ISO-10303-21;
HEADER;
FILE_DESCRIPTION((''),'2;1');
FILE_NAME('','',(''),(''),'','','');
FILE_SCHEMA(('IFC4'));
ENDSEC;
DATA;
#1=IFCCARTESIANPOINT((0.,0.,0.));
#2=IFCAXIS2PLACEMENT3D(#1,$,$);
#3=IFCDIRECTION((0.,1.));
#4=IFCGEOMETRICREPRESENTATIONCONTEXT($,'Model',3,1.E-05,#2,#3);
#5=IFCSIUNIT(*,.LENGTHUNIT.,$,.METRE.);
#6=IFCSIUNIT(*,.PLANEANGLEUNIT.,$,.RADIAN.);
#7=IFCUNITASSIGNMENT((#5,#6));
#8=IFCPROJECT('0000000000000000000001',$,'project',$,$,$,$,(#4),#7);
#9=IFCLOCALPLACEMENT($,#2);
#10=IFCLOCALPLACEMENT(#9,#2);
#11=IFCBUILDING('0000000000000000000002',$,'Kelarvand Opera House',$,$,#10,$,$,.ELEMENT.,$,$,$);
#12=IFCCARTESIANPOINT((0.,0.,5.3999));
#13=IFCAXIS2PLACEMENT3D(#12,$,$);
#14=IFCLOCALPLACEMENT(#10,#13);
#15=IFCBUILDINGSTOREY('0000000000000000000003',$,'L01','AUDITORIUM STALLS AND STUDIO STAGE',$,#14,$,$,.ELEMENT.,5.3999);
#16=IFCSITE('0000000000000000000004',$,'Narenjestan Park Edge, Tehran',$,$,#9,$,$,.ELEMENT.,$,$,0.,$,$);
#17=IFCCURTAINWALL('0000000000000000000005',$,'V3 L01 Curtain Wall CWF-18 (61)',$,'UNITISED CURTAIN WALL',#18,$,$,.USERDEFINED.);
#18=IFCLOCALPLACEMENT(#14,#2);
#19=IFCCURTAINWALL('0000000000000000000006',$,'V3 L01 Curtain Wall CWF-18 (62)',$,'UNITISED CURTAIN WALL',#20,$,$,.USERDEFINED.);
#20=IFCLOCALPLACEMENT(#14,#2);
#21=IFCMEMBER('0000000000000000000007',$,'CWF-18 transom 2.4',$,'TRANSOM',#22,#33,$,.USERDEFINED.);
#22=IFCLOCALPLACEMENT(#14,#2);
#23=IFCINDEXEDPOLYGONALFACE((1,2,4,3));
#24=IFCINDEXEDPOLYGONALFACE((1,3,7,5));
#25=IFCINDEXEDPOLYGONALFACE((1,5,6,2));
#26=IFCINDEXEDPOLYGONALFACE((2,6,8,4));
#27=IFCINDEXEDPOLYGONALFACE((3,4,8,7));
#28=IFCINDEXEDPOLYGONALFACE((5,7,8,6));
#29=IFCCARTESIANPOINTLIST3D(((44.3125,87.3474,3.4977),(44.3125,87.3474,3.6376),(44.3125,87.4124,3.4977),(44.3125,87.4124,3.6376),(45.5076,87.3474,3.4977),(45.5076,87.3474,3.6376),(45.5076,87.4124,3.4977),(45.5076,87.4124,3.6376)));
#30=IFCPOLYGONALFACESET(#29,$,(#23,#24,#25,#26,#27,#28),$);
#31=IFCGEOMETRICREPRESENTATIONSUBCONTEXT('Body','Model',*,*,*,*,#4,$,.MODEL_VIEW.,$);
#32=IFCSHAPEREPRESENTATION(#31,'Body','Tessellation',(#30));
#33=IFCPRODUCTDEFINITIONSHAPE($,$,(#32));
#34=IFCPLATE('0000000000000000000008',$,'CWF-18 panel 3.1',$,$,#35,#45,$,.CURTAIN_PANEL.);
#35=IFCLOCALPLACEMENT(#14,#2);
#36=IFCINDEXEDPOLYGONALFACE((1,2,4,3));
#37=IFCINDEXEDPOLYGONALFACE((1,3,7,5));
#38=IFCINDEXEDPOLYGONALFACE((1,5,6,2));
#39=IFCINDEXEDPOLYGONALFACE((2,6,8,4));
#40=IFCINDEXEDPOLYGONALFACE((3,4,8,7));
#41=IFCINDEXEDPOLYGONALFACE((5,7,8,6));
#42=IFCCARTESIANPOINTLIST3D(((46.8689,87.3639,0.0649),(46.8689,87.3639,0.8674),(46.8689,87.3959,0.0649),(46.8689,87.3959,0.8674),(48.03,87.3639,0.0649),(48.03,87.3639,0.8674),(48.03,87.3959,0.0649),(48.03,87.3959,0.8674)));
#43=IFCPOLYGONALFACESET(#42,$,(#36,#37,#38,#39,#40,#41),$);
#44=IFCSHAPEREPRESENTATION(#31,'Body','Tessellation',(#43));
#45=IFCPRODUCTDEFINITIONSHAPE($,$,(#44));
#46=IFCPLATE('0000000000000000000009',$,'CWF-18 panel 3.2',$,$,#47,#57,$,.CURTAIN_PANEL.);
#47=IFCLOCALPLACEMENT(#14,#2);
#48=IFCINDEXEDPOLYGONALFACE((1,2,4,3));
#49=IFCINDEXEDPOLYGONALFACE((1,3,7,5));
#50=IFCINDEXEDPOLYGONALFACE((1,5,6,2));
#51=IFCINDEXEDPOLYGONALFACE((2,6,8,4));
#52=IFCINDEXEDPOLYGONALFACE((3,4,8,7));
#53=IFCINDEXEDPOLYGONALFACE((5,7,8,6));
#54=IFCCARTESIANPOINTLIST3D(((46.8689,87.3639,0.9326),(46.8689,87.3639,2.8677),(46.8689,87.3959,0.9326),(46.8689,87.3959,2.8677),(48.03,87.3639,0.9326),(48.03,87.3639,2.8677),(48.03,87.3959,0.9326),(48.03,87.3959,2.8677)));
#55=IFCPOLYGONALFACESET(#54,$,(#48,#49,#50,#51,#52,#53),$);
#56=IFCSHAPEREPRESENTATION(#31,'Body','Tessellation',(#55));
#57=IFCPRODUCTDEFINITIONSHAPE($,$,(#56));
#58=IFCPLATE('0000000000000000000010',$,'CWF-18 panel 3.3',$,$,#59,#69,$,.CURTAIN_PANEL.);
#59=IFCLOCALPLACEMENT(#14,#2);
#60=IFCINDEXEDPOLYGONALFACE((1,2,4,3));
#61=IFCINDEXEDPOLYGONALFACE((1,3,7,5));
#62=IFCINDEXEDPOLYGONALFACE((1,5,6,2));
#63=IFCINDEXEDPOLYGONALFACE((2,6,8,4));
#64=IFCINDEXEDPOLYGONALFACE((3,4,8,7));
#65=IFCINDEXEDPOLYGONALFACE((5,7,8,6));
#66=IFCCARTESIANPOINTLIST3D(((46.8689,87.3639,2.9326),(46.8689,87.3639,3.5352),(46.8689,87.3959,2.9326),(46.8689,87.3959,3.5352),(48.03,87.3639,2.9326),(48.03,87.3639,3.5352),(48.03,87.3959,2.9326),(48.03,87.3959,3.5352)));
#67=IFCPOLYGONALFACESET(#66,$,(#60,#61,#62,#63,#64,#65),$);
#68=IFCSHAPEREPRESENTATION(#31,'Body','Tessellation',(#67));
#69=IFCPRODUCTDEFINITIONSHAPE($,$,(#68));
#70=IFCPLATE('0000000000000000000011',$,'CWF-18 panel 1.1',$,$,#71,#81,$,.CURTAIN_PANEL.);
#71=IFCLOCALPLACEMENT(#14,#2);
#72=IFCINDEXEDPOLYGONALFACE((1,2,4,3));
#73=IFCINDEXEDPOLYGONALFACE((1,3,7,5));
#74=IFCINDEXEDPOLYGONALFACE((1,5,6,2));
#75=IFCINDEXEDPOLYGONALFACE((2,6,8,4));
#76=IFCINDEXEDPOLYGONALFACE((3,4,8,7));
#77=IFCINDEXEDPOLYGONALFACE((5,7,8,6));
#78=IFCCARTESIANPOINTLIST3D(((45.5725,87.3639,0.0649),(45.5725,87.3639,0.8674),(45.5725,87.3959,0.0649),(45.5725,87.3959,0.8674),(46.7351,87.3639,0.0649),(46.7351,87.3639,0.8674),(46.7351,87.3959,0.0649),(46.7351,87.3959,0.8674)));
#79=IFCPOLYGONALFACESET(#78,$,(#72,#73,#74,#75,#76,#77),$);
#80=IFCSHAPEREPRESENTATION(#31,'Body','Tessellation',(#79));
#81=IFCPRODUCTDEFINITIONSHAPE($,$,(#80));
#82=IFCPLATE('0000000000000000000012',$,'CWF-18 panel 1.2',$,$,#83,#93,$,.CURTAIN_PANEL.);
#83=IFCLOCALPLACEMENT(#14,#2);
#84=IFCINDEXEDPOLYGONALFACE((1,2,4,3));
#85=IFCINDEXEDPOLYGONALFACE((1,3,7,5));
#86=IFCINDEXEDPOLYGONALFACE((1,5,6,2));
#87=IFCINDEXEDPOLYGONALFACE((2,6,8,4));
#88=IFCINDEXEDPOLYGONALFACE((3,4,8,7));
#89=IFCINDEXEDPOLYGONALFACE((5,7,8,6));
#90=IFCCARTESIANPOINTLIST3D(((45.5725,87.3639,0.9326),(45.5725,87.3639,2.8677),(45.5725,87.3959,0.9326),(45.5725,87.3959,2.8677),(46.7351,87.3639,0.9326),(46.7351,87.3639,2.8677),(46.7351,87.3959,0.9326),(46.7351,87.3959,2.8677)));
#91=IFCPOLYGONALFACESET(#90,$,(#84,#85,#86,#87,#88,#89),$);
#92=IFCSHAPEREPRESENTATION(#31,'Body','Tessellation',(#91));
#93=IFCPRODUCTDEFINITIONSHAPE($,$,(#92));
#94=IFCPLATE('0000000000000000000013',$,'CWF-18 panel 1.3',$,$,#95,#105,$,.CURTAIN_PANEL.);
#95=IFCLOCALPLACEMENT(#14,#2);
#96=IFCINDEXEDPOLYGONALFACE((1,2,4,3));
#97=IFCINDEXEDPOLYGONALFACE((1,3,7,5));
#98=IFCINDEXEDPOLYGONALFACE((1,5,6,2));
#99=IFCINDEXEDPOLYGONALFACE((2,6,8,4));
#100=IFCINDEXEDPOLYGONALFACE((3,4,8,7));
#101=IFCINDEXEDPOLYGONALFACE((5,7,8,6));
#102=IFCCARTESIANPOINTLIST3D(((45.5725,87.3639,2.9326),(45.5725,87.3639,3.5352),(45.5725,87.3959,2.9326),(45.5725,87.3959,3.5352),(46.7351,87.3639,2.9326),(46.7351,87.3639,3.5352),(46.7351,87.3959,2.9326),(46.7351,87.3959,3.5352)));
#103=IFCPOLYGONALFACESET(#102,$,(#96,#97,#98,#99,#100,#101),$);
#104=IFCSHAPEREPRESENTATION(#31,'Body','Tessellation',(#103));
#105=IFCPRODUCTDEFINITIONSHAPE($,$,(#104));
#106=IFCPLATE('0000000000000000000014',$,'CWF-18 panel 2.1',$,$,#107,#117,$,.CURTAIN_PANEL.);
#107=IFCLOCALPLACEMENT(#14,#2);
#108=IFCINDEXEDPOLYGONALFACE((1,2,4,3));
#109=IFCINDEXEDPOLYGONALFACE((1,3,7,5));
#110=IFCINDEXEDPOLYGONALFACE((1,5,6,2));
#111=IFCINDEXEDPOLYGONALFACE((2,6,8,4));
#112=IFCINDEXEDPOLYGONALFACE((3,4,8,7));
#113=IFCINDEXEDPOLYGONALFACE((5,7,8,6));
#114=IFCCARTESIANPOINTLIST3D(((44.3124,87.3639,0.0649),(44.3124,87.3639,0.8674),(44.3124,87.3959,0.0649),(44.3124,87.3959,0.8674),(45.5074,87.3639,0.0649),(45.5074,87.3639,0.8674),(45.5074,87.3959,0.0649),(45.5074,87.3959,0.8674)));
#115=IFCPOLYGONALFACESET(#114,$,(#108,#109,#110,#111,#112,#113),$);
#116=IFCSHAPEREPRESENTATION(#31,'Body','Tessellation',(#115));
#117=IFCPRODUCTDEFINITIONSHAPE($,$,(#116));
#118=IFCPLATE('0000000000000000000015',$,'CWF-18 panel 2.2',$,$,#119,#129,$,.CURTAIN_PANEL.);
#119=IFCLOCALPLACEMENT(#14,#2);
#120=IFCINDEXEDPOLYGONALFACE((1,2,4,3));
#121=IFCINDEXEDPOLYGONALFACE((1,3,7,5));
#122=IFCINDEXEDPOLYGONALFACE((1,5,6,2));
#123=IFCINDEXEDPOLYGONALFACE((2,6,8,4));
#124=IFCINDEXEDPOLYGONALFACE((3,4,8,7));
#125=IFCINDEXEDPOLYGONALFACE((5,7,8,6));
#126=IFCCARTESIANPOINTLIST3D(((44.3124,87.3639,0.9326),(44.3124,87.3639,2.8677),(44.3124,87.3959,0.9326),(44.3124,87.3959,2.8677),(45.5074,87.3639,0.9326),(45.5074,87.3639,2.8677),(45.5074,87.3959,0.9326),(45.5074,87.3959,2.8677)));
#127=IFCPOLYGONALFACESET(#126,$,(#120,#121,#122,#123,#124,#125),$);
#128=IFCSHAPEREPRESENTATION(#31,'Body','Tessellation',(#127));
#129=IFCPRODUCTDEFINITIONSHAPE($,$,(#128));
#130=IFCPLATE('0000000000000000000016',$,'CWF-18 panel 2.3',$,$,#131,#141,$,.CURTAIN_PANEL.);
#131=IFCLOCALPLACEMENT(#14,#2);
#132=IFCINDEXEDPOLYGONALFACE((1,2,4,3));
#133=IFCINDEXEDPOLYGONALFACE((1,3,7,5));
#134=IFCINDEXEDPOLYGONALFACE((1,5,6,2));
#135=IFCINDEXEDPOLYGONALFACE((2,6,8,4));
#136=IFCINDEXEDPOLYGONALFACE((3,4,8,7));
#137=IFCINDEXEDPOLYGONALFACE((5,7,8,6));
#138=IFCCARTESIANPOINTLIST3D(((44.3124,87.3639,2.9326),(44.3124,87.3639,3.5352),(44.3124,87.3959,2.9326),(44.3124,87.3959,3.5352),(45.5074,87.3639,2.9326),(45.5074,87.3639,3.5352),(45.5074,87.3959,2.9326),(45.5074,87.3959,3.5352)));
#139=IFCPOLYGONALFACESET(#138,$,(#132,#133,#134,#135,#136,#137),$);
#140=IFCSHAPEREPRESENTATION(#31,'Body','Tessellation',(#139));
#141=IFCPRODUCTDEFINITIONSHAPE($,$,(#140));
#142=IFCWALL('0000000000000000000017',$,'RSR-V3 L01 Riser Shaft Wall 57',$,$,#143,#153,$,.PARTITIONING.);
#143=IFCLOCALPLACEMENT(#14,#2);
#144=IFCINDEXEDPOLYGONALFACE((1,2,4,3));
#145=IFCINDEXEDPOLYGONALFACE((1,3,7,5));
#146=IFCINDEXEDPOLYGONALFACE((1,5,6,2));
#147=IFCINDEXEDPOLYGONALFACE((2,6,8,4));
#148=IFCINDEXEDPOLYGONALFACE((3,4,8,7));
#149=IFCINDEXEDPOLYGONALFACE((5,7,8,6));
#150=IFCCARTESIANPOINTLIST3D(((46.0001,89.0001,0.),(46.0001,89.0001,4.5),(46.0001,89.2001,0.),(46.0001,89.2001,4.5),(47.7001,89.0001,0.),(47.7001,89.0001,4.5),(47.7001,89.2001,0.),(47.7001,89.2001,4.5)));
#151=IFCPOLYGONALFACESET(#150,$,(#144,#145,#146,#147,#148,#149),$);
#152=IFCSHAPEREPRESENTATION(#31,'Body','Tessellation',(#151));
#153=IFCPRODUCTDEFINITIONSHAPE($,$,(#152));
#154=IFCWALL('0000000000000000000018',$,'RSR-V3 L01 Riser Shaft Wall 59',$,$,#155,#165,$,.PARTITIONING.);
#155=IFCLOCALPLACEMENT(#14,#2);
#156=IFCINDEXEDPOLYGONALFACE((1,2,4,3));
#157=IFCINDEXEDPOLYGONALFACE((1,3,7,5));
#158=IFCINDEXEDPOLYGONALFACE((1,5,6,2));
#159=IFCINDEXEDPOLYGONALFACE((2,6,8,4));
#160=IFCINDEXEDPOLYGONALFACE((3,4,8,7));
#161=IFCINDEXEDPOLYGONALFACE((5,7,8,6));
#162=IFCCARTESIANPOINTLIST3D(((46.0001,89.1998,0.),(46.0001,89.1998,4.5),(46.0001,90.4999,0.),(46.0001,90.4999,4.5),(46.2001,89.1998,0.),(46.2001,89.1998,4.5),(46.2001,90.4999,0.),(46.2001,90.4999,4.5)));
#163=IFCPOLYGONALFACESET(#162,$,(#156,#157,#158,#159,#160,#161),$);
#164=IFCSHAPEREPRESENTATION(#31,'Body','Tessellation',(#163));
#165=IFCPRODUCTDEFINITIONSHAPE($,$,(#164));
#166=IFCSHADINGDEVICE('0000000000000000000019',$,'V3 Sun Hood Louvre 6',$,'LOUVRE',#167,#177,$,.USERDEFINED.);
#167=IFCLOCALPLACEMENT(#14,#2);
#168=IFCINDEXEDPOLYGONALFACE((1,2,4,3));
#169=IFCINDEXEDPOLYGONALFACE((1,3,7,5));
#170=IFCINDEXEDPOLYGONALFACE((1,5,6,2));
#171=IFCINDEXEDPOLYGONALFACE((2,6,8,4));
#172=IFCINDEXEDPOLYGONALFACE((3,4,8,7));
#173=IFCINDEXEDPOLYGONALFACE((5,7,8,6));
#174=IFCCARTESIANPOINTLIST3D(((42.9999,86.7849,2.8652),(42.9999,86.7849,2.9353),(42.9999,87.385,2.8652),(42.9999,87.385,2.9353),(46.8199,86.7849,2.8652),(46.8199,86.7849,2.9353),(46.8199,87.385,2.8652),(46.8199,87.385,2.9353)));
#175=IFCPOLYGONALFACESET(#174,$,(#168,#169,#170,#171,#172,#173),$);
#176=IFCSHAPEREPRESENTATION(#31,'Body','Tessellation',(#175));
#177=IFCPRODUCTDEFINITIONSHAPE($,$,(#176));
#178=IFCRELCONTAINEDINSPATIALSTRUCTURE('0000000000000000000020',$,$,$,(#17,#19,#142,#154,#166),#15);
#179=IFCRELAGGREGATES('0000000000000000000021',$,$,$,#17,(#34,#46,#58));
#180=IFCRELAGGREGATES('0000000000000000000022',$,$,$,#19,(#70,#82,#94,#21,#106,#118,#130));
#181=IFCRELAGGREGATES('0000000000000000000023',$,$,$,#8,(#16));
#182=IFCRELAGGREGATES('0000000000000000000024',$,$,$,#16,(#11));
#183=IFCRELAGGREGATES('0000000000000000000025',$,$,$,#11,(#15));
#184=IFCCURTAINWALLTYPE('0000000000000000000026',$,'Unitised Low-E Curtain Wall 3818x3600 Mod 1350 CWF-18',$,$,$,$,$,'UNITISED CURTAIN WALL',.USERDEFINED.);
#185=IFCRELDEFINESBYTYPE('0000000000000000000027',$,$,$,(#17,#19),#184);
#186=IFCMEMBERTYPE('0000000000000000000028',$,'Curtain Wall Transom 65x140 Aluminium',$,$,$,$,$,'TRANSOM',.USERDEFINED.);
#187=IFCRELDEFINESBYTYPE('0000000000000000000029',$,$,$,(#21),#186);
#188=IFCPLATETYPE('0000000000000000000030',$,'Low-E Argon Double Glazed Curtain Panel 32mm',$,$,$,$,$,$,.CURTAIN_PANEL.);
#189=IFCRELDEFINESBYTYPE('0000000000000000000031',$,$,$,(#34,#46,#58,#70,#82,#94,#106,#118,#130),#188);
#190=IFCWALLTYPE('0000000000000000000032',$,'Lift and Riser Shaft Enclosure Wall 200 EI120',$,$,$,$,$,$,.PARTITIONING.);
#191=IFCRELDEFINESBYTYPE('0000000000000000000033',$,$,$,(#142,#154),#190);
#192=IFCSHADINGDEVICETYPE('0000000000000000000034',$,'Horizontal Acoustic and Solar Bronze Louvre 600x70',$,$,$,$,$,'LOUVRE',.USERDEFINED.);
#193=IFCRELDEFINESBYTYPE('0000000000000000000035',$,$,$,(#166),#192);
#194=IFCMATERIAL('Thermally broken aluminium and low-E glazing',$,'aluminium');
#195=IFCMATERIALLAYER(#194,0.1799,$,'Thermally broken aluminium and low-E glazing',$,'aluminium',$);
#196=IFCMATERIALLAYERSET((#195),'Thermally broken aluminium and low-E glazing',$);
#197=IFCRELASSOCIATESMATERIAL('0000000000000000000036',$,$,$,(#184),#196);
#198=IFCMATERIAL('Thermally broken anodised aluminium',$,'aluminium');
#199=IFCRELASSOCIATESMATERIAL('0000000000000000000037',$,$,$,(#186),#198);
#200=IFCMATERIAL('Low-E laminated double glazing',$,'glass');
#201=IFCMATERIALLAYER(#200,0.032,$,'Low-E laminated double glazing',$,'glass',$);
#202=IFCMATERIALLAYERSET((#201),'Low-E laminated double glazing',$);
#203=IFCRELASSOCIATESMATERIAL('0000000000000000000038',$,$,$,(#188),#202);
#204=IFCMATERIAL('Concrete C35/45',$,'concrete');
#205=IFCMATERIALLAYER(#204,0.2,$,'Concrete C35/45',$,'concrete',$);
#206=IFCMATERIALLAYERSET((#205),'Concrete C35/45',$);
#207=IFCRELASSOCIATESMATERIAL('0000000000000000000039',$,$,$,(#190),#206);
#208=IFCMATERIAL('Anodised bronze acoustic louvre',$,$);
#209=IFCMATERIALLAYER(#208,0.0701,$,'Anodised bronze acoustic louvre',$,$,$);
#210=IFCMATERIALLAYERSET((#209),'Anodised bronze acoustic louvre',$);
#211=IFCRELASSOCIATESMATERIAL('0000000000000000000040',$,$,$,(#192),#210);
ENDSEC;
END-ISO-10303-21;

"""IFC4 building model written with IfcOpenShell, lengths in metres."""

from ifc_helpers import new_model, si_unit, direction, frame, frame_2d, origin, origin_2d, place, context, subcontext, project, spatial, rectangle, extrude, material, layer, layer_set, material_profile, profile_set, type_object, element, aggregate, save


model = new_model("IFC4")

# Units and contexts
model_context = context("Model", 3, precision=1e-05, world=origin(), true_north=direction((0.0, 1.0)))
body_context = subcontext(model_context, "Body", "Model", "MODEL_VIEW")
ifc_project = project(units=[si_unit("LENGTHUNIT", "METRE"), si_unit("PLANEANGLEUNIT", "RADIAN")], contexts=[model_context])

# Site, building, storey
site_placement = place(None, origin())
site = spatial("IfcSite", under=ifc_project, at=site_placement, Name="Narenjestan Park Edge, Tehran", CompositionType="ELEMENT", RefElevation=0.0)
building_placement = place(site_placement, origin())
building = spatial("IfcBuilding", under=site, at=building_placement, Name="Kelarvand Opera House", CompositionType="ELEMENT")
storey_placement = place(building_placement, frame((0.0, 0.0, 5.3999)))
storey = spatial("IfcBuildingStorey", under=building, at=storey_placement, Name="L01", Description="AUDITORIUM STALLS AND STUDIO STAGE", CompositionType="ELEMENT", Elevation=5.3999)

# Curtain walls
ifc_material_1 = material(Name="Thermally broken aluminium and low-E glazing", Category="aluminium")
ifc_layer_1 = layer(ifc_material_1, 0.1799, Name="Thermally broken aluminium and low-E glazing", Category="aluminium")
ifc_layer_set_1 = layer_set([ifc_layer_1], Name="Thermally broken aluminium and low-E glazing")
curtain_wall_type = type_object("IfcCurtainWallType", Name="Unitised Low-E Curtain Wall 3818x3600 Mod 1350 CWF-18", ElementType="UNITISED CURTAIN WALL", PredefinedType="USERDEFINED", material=ifc_layer_set_1)
curtain_wall_1_placement = place(storey_placement, origin())
curtain_wall_1 = element("IfcCurtainWall", 1, at=curtain_wall_1_placement, inside=storey, type_object=curtain_wall_type, Name="V3 L01 Curtain Wall CWF-18 (61)", ObjectType="UNITISED CURTAIN WALL", PredefinedType="USERDEFINED")
ifc_material_2 = material(Name="Thermally broken anodised aluminium", Category="aluminium")
curtain_wall_2_placement = place(storey_placement, origin())
curtain_wall_2 = element("IfcCurtainWall", 2, at=curtain_wall_2_placement, inside=storey, type_object=curtain_wall_type, Name="V3 L01 Curtain Wall CWF-18 (62)", ObjectType="UNITISED CURTAIN WALL", PredefinedType="USERDEFINED")

# Member
ifc_material_profile_1 = material_profile(ifc_material_2, rectangle(XDim=0.0649, YDim=0.1399, at=origin_2d()), Name="ALU TRANSOM 65x140", Category="aluminium")
ifc_profile_set_1 = profile_set([ifc_material_profile_1], Name="Thermally broken anodised aluminium")
member_type_1 = type_object("IfcMemberType", Name="Curtain Wall Transom 65x140 Aluminium", ElementType="TRANSOM", PredefinedType="USERDEFINED", material=ifc_profile_set_1)
member_1_placement = place(storey_placement, frame((45.5076, 87.3799, 3.5676), z_axis=(-1.0, 0.0, 0.0), x_axis=(0.0, -1.0, 0.0)))
member_1 = element("IfcMember", 3, at=member_1_placement, type_object=member_type_1, Name="CWF-18 transom 2.4", ObjectType="TRANSOM", PredefinedType="USERDEFINED", context=body_context, shape_type="SweptSolid", body=[
    extrude(rectangle(XDim=0.0649, YDim=0.1399, at=origin_2d()), origin(), (0.0, 0.0, 1.0), 1.1951),
])

# Plates
ifc_material_3 = material(Name="Low-E laminated double glazing", Category="glass")
ifc_layer_2 = layer(ifc_material_3, 0.032, Name="Low-E laminated double glazing", Category="glass")
ifc_layer_set_2 = layer_set([ifc_layer_2], Name="Low-E laminated double glazing")
plate_type = type_object("IfcPlateType", Name="Low-E Argon Double Glazed Curtain Panel 32mm", PredefinedType="CURTAIN_PANEL", material=ifc_layer_set_2)
plate_1_placement = place(storey_placement, frame((47.4495, 87.3799, 0.0649), z_axis=(0.0, 0.0, 1.0), x_axis=(-1.0, 0.0, 0.0)))
plate_1 = element("IfcPlate", 4, at=plate_1_placement, type_object=plate_type, Name="CWF-18 panel 3.1", PredefinedType="CURTAIN_PANEL", context=body_context, shape_type="SweptSolid", body=[
    extrude(rectangle(XDim=1.1611, YDim=0.032, at=origin_2d()), origin(), (0.0, 0.0, 1.0), 0.8025),
])
plate_2_placement = place(storey_placement, frame((47.4495, 87.3799, 0.9326), z_axis=(0.0, 0.0, 1.0), x_axis=(-1.0, 0.0, 0.0)))
plate_2 = element("IfcPlate", 5, at=plate_2_placement, type_object=plate_type, Name="CWF-18 panel 3.2", PredefinedType="CURTAIN_PANEL", context=body_context, shape_type="SweptSolid", body=[
    extrude(rectangle(XDim=1.1611, YDim=0.032, at=origin_2d()), origin(), (0.0, 0.0, 1.0), 1.9351),
])
plate_3_placement = place(storey_placement, frame((47.4495, 87.3799, 2.9326), z_axis=(0.0, 0.0, 1.0), x_axis=(-1.0, 0.0, 0.0)))
plate_3 = element("IfcPlate", 6, at=plate_3_placement, type_object=plate_type, Name="CWF-18 panel 3.3", PredefinedType="CURTAIN_PANEL", context=body_context, shape_type="SweptSolid", body=[
    extrude(rectangle(XDim=1.1611, YDim=0.032, at=origin_2d()), origin(), (0.0, 0.0, 1.0), 0.6025),
])
aggregate(curtain_wall_1, [plate_1, plate_2, plate_3])
plate_4_placement = place(storey_placement, frame((46.1538, 87.3799, 0.0649), z_axis=(0.0, 0.0, 1.0), x_axis=(-1.0, 0.0, 0.0)))
plate_4 = element("IfcPlate", 7, at=plate_4_placement, type_object=plate_type, Name="CWF-18 panel 1.1", PredefinedType="CURTAIN_PANEL", context=body_context, shape_type="SweptSolid", body=[
    extrude(rectangle(XDim=1.1626, YDim=0.032, at=origin_2d()), origin(), (0.0, 0.0, 1.0), 0.8025),
])
plate_5_placement = place(storey_placement, frame((46.1538, 87.3799, 0.9326), z_axis=(0.0, 0.0, 1.0), x_axis=(-1.0, 0.0, 0.0)))
plate_5 = element("IfcPlate", 8, at=plate_5_placement, type_object=plate_type, Name="CWF-18 panel 1.2", PredefinedType="CURTAIN_PANEL", context=body_context, shape_type="SweptSolid", body=[
    extrude(rectangle(XDim=1.1626, YDim=0.032, at=origin_2d()), origin(), (0.0, 0.0, 1.0), 1.9351),
])
plate_6_placement = place(storey_placement, frame((46.1538, 87.3799, 2.9326), z_axis=(0.0, 0.0, 1.0), x_axis=(-1.0, 0.0, 0.0)))
plate_6 = element("IfcPlate", 9, at=plate_6_placement, type_object=plate_type, Name="CWF-18 panel 1.3", PredefinedType="CURTAIN_PANEL", context=body_context, shape_type="SweptSolid", body=[
    extrude(rectangle(XDim=1.1626, YDim=0.032, at=origin_2d()), origin(), (0.0, 0.0, 1.0), 0.6025),
])
plate_7_placement = place(storey_placement, frame((44.9099, 87.3799, 0.0649), z_axis=(0.0, 0.0, 1.0), x_axis=(-1.0, 0.0, 0.0)))
plate_7 = element("IfcPlate", 10, at=plate_7_placement, type_object=plate_type, Name="CWF-18 panel 2.1", PredefinedType="CURTAIN_PANEL", context=body_context, shape_type="SweptSolid", body=[
    extrude(rectangle(XDim=1.1951, YDim=0.032, at=origin_2d()), origin(), (0.0, 0.0, 1.0), 0.8025),
])
plate_8_placement = place(storey_placement, frame((44.9099, 87.3799, 0.9326), z_axis=(0.0, 0.0, 1.0), x_axis=(-1.0, 0.0, 0.0)))
plate_8 = element("IfcPlate", 11, at=plate_8_placement, type_object=plate_type, Name="CWF-18 panel 2.2", PredefinedType="CURTAIN_PANEL", context=body_context, shape_type="SweptSolid", body=[
    extrude(rectangle(XDim=1.1951, YDim=0.032, at=origin_2d()), origin(), (0.0, 0.0, 1.0), 1.9351),
])
plate_9_placement = place(storey_placement, frame((44.9099, 87.3799, 2.9326), z_axis=(0.0, 0.0, 1.0), x_axis=(-1.0, 0.0, 0.0)))
plate_9 = element("IfcPlate", 12, at=plate_9_placement, type_object=plate_type, Name="CWF-18 panel 2.3", PredefinedType="CURTAIN_PANEL", context=body_context, shape_type="SweptSolid", body=[
    extrude(rectangle(XDim=1.1951, YDim=0.032, at=origin_2d()), origin(), (0.0, 0.0, 1.0), 0.6025),
])
aggregate(curtain_wall_2, [plate_4, plate_5, plate_6, member_1, plate_7, plate_8, plate_9])

# Walls
ifc_material_4 = material(Name="Concrete C35/45", Category="concrete")
ifc_layer_3 = layer(ifc_material_4, 0.2, Name="Concrete C35/45", Category="concrete")
ifc_layer_set_3 = layer_set([ifc_layer_3], Name="Concrete C35/45")
wall_type = type_object("IfcWallType", Name="Lift and Riser Shaft Enclosure Wall 200 EI120", PredefinedType="PARTITIONING", material=ifc_layer_set_3)
wall_1_placement = place(storey_placement, frame((46.0, 89.1001, 0.0), z_axis=(0.0, 0.0, 1.0), x_axis=(1.0, 0.0, 0.0)))
element("IfcWall", 13, at=wall_1_placement, inside=storey, type_object=wall_type, Name="RSR-V3 L01 Riser Shaft Wall 57", PredefinedType="PARTITIONING", context=body_context, shape_type="SweptSolid", body=[
    extrude(rectangle(XDim=1.7, YDim=0.2, at=frame_2d((0.8501, 0.0))), origin(), (0.0, 0.0, 1.0), 4.5),
])
wall_2_placement = place(storey_placement, frame((46.1001, 89.2, 0.0), z_axis=(0.0, 0.0, 1.0), x_axis=(0.0, 1.0, 0.0)))
element("IfcWall", 14, at=wall_2_placement, inside=storey, type_object=wall_type, Name="RSR-V3 L01 Riser Shaft Wall 59", PredefinedType="PARTITIONING", context=body_context, shape_type="SweptSolid", body=[
    extrude(rectangle(XDim=1.3, YDim=0.2, at=frame_2d((0.6499, 0.0))), origin(), (0.0, 0.0, 1.0), 4.5),
])

# Shading device
ifc_material_5 = material(Name="Anodised bronze acoustic louvre")
ifc_layer_4 = layer(ifc_material_5, 0.0701, Name="Anodised bronze acoustic louvre")
ifc_layer_set_4 = layer_set([ifc_layer_4], Name="Anodised bronze acoustic louvre")
shading_device_type = type_object("IfcShadingDeviceType", Name="Horizontal Acoustic and Solar Bronze Louvre 600x70", ElementType="LOUVRE", PredefinedType="USERDEFINED", material=ifc_layer_set_4)
shading_device_placement = place(storey_placement, frame((44.9099, 87.085, 2.8652), z_axis=(0.0, 0.0, 1.0), x_axis=(-1.0, 0.0, 0.0)))
element("IfcShadingDevice", 15, at=shading_device_placement, inside=storey, type_object=shading_device_type, Name="V3 Sun Hood Louvre 6", ObjectType="LOUVRE", PredefinedType="USERDEFINED", context=body_context, shape_type="SweptSolid", body=[
    extrude(rectangle(XDim=3.8201, YDim=0.6001, at=origin_2d()), origin(), (0.0, 0.0, 1.0), 0.0701),
])

save(model, "model.ifc")
